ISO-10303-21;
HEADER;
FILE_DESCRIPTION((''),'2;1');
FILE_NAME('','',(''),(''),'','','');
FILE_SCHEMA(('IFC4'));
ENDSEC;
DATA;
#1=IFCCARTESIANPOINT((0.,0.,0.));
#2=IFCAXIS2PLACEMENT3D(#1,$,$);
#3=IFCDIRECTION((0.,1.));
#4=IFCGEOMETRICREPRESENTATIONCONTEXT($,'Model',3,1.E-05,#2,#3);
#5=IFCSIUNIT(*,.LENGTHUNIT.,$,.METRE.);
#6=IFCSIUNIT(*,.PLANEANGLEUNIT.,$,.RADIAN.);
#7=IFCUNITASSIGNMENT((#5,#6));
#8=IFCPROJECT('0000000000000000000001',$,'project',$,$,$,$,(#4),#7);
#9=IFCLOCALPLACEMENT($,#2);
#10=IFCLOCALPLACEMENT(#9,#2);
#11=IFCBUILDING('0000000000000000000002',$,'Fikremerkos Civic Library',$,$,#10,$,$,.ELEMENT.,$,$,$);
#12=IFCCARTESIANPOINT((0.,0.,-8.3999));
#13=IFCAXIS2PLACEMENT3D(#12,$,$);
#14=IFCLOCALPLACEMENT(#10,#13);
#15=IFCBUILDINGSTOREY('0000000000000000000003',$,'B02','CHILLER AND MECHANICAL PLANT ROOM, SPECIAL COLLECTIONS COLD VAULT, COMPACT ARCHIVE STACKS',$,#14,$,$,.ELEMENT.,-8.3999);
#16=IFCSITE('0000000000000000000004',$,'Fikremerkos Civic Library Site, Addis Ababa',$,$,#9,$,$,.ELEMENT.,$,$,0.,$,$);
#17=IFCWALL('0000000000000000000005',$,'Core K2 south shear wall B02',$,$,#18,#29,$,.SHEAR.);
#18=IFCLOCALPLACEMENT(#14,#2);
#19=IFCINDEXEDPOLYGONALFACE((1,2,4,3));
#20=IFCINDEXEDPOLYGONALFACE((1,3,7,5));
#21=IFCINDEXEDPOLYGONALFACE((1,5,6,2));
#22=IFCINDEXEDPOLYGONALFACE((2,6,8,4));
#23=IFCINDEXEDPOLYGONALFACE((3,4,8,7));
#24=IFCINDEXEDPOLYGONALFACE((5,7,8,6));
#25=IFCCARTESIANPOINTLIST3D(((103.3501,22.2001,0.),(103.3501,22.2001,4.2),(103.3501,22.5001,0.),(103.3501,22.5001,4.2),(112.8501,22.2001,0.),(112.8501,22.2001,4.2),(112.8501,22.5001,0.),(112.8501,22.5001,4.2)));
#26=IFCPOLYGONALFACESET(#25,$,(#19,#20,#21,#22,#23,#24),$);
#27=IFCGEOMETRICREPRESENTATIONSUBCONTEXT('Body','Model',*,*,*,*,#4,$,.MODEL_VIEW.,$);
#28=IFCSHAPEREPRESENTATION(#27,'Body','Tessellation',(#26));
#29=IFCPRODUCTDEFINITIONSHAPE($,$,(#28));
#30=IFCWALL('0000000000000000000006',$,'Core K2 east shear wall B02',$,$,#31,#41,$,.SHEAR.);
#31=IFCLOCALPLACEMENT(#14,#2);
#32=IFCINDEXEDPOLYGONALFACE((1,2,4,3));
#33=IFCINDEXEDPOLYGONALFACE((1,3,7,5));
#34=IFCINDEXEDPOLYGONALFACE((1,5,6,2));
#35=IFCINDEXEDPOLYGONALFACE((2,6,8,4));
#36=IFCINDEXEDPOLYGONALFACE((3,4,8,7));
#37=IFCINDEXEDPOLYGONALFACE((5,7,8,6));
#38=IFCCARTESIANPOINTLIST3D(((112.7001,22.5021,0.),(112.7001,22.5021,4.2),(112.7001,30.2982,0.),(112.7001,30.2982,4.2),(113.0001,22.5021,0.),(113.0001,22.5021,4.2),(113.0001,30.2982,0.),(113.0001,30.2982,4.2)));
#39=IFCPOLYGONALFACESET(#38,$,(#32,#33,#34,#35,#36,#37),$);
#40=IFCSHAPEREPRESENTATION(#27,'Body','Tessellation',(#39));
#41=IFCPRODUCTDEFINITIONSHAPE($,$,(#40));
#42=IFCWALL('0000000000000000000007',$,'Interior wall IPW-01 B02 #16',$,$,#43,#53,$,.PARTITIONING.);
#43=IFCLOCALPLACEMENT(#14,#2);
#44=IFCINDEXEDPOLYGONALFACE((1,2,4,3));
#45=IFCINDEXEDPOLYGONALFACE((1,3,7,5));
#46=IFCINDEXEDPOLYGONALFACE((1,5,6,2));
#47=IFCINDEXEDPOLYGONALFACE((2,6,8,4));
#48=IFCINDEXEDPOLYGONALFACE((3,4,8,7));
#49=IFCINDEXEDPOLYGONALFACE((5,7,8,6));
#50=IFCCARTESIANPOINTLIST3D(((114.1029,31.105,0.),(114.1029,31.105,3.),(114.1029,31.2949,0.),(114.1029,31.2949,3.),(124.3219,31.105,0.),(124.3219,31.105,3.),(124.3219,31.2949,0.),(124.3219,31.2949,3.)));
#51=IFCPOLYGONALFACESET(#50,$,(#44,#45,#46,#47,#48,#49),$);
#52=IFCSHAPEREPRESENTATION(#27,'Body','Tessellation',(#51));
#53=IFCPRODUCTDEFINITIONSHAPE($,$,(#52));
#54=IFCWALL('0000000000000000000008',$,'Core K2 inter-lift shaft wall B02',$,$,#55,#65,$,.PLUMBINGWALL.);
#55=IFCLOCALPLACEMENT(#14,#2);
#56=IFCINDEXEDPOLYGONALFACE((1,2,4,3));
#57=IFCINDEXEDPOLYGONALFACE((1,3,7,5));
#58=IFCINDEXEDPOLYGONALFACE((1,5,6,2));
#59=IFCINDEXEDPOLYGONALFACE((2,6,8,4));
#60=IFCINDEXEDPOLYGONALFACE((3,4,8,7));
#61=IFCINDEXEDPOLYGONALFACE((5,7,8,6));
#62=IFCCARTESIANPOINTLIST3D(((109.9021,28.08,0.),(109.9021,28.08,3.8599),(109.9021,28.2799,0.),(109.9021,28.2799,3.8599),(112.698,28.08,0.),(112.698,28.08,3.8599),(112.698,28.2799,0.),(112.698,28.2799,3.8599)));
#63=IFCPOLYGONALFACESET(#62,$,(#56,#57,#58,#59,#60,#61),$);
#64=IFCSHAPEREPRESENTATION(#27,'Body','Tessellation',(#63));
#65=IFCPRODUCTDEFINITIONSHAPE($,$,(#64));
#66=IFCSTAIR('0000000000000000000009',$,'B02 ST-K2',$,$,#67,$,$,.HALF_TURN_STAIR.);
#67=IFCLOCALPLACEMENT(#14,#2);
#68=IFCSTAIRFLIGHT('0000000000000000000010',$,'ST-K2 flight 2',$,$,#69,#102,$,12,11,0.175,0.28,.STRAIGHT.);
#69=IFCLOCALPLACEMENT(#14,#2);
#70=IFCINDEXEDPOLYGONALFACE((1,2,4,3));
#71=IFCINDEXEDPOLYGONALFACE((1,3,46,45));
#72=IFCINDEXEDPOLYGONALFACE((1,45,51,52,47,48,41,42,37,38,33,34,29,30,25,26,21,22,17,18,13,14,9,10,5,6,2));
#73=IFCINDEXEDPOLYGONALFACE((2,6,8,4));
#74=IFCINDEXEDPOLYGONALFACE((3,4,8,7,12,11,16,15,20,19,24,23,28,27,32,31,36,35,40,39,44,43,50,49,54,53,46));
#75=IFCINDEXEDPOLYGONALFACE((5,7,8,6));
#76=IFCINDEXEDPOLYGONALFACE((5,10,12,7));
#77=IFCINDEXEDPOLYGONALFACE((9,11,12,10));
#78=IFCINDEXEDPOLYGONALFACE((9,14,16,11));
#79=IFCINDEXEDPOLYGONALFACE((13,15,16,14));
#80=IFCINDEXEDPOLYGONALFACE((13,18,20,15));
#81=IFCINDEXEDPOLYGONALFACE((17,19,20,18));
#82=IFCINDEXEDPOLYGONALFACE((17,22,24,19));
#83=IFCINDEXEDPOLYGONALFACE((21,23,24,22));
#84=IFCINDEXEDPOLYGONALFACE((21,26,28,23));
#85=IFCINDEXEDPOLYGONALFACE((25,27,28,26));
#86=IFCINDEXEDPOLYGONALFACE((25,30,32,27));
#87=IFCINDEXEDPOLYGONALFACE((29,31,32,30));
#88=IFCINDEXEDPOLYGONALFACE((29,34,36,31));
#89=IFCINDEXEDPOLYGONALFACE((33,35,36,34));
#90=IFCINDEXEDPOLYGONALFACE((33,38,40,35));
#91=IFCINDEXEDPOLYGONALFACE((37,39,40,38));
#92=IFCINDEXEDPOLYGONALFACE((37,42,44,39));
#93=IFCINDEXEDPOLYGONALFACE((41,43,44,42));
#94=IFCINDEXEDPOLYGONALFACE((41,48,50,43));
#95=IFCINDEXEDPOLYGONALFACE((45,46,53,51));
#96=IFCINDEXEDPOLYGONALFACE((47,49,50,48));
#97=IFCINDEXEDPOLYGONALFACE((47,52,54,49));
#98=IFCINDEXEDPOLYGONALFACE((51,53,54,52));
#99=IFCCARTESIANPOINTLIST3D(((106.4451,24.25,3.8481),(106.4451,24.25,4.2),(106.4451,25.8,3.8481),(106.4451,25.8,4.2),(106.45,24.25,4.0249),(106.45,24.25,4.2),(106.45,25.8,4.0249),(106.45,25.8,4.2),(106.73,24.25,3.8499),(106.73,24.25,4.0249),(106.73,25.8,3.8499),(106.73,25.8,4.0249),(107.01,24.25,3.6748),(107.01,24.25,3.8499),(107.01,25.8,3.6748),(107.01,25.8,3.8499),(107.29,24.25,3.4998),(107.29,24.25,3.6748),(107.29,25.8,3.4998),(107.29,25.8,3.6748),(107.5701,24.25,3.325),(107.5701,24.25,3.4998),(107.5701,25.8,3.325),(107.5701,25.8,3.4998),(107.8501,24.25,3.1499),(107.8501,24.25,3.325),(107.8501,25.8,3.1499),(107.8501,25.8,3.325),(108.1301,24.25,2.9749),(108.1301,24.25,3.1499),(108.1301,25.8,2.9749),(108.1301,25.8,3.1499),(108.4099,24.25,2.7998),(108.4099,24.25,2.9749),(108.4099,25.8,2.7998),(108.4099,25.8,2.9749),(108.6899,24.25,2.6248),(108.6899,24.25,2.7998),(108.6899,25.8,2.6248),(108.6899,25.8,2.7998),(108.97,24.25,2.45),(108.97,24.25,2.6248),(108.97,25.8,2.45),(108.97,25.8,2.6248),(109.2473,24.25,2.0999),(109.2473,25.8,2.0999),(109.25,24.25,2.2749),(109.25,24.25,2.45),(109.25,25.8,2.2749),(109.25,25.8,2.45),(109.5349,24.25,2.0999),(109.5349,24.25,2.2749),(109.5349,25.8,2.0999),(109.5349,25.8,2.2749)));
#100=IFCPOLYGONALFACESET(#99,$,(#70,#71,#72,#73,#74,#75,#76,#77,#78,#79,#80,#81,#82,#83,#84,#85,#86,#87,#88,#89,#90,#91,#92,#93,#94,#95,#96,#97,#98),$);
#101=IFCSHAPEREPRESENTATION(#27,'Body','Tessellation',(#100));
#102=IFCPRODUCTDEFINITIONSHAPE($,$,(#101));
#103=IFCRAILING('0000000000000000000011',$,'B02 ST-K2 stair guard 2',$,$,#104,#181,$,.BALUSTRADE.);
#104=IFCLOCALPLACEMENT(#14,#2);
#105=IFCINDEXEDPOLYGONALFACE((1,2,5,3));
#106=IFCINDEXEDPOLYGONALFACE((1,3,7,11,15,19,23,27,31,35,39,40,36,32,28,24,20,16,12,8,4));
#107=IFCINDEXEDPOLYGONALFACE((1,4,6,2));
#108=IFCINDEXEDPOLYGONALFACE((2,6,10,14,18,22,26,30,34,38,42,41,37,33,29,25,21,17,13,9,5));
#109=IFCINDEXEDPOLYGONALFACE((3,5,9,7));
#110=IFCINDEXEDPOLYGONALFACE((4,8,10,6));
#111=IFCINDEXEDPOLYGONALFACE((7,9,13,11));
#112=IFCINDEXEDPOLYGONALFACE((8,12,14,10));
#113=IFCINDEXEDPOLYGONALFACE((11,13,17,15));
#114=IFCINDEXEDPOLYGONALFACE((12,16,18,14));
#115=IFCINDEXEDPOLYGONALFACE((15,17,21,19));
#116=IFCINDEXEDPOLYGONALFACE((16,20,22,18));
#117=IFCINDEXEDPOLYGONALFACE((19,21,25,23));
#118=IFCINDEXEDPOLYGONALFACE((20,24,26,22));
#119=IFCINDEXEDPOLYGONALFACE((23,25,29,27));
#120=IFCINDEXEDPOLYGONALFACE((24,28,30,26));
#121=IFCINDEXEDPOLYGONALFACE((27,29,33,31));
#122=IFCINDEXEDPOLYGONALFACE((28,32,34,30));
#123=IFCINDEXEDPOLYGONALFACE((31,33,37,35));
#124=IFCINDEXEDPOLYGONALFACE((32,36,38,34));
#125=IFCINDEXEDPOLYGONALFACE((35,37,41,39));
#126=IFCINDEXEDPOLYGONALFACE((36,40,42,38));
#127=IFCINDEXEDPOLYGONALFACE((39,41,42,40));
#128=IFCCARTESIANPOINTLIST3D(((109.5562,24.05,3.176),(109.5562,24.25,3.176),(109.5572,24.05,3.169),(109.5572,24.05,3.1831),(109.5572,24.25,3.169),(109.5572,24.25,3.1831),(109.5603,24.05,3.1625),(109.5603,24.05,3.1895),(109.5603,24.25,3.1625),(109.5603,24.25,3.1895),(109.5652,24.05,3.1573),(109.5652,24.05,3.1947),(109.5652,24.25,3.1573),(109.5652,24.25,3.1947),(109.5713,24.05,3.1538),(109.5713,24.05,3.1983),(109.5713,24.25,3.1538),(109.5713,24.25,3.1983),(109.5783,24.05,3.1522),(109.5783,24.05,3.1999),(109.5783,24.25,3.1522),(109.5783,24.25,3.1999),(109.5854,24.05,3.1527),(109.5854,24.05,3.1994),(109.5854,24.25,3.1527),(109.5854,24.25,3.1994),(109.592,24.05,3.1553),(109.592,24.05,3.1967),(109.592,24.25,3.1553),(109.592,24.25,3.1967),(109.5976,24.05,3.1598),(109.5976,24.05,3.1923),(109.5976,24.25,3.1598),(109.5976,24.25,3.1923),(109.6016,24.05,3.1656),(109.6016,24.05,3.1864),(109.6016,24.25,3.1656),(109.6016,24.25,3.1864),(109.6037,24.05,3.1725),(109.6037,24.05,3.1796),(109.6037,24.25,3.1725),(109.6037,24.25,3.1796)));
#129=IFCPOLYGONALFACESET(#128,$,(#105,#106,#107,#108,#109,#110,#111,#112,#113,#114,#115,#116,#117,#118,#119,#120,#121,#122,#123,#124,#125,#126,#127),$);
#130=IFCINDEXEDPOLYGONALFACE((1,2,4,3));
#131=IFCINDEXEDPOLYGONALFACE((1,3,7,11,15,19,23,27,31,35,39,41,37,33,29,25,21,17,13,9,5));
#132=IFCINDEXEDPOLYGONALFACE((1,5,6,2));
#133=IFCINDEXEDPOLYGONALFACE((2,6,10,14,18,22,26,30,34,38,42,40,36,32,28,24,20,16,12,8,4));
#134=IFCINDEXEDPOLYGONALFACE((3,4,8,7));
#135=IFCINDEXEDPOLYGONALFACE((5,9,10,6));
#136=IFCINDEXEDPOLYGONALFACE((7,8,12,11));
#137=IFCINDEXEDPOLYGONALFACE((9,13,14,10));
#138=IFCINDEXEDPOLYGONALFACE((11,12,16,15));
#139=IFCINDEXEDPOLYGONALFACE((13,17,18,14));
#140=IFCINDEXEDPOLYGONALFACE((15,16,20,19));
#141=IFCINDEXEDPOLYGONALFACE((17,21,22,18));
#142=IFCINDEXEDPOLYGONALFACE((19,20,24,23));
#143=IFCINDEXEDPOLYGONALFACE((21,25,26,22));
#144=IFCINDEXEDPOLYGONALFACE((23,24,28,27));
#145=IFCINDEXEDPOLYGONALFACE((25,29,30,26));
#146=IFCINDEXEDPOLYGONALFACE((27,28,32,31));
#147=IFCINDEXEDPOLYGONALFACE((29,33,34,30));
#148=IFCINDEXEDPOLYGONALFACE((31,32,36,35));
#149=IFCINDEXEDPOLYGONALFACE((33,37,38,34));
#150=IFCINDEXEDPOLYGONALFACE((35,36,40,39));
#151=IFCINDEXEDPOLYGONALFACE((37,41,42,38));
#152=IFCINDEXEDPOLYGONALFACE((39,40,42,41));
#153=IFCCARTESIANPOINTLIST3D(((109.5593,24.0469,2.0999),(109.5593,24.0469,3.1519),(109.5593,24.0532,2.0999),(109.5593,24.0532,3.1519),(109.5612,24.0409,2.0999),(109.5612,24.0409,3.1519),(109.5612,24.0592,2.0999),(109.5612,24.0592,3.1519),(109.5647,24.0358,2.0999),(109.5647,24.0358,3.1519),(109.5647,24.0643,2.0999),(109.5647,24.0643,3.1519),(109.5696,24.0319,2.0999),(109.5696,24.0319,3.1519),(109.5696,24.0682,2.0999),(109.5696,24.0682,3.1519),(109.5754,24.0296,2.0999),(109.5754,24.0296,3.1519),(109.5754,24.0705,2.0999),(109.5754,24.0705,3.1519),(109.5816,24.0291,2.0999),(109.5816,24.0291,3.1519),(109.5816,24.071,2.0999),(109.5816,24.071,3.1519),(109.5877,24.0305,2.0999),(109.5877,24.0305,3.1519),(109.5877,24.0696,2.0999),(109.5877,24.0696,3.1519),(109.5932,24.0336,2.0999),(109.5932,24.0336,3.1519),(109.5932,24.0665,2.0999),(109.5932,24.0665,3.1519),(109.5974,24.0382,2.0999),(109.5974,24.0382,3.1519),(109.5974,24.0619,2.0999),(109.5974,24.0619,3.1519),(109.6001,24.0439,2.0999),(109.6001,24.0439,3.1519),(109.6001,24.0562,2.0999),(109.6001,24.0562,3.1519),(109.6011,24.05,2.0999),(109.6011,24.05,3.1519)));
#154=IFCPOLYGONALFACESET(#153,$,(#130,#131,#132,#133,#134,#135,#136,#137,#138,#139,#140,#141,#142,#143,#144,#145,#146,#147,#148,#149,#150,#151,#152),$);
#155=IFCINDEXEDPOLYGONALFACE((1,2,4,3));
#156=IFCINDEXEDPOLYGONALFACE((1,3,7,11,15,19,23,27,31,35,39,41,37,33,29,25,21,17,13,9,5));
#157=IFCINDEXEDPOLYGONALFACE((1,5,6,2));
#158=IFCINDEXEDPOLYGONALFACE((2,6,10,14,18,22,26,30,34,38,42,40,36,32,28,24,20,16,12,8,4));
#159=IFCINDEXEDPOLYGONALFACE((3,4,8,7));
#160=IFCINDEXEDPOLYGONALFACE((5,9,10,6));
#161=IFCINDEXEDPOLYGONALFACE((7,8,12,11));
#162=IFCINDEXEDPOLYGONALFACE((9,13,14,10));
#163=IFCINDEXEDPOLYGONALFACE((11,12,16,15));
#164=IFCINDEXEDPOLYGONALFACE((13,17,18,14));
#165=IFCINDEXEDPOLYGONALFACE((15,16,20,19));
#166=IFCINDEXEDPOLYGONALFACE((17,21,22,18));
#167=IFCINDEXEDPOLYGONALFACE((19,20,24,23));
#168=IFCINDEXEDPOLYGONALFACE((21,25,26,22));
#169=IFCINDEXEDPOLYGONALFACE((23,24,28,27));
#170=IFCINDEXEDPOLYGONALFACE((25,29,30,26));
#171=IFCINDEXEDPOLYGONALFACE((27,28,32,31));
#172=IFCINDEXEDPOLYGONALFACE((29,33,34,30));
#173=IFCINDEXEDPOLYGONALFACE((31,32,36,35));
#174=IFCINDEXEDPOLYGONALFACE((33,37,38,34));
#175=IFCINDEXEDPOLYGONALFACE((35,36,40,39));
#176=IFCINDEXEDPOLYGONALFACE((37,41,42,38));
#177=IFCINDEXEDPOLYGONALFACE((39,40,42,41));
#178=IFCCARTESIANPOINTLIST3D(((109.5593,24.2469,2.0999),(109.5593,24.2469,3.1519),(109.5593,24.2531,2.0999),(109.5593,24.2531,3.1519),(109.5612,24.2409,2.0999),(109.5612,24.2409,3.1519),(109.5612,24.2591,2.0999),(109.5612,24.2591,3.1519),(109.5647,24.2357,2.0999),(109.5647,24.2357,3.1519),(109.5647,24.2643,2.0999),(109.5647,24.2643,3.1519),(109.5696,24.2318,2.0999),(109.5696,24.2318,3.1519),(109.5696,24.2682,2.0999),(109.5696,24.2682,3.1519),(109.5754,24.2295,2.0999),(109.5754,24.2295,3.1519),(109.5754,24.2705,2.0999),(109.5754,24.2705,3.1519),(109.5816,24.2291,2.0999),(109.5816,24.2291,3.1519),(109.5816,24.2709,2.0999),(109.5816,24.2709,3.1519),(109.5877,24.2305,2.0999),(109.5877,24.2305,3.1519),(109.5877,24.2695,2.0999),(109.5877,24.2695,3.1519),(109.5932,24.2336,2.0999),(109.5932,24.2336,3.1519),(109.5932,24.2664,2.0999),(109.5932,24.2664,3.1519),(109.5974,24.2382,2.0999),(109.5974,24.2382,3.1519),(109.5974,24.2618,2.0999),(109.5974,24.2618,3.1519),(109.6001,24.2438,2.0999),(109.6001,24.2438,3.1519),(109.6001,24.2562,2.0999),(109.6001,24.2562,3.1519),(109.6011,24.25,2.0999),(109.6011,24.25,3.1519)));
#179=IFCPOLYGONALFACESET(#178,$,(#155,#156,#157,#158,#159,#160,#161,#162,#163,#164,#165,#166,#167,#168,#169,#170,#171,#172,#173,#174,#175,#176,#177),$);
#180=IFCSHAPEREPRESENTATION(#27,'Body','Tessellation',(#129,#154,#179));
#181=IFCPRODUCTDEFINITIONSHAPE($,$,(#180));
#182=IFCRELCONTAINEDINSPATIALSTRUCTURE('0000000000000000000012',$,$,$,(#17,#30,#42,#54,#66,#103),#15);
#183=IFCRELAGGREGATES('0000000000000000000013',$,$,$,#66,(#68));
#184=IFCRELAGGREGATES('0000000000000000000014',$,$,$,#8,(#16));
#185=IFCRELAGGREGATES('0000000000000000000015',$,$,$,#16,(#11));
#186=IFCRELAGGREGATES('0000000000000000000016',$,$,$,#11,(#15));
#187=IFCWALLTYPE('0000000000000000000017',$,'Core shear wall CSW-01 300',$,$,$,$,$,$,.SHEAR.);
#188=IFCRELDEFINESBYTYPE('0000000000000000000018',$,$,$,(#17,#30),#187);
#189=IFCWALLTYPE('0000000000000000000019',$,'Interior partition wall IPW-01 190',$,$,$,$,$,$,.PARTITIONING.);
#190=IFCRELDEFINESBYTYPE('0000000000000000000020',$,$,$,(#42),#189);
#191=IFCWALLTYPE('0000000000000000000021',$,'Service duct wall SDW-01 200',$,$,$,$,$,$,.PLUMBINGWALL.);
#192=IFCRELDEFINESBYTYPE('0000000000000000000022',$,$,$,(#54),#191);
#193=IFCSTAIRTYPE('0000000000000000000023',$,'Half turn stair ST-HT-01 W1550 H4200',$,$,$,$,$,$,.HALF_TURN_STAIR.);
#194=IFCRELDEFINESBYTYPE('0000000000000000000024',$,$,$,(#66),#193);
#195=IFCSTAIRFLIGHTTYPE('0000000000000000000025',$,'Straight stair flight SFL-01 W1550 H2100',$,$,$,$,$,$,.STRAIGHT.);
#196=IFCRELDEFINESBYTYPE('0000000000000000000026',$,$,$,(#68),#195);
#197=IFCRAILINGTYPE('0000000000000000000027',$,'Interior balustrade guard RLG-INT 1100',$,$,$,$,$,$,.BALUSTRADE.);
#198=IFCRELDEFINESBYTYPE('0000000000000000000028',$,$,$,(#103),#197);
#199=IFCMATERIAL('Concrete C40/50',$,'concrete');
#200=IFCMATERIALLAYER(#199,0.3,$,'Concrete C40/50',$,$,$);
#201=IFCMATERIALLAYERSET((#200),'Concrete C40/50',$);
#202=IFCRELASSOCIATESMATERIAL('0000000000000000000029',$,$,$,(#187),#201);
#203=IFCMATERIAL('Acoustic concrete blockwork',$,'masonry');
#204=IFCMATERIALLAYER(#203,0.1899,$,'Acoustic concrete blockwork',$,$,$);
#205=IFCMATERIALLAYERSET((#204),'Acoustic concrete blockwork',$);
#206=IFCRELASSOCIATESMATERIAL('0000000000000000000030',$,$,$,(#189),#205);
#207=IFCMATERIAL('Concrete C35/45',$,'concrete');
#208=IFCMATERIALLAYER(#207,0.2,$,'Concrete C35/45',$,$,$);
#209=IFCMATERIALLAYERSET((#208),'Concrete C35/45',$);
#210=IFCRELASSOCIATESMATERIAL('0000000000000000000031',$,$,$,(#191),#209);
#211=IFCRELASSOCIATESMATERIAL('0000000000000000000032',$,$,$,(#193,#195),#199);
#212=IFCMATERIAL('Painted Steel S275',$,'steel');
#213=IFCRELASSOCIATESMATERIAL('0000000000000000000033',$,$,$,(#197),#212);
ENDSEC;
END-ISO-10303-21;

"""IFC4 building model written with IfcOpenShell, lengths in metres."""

from ifc_helpers import new_model, si_unit, direction, frame, frame_2d, origin, origin_2d, place, context, subcontext, project, spatial, polyline, rectangle, circle, outline, extrude, material, layer, layer_set, type_object, element, aggregate, save


model = new_model("IFC4")

# Units and contexts
model_context = context("Model", 3, precision=1e-05, world=origin(), true_north=direction((0.0, 1.0)))
body_context = subcontext(model_context, "Body", "Model", "MODEL_VIEW")
ifc_project = project(units=[si_unit("LENGTHUNIT", "METRE"), si_unit("PLANEANGLEUNIT", "RADIAN")], contexts=[model_context])

# Site, building, storey
site_placement = place(None, origin())
site = spatial("IfcSite", under=ifc_project, at=site_placement, Name="Fikremerkos Civic Library Site, Addis Ababa", CompositionType="ELEMENT", RefElevation=0.0)
building_placement = place(site_placement, origin())
building = spatial("IfcBuilding", under=site, at=building_placement, Name="Fikremerkos Civic Library", CompositionType="ELEMENT")
storey_placement = place(building_placement, frame((0.0, 0.0, -8.3999)))
storey = spatial("IfcBuildingStorey", under=building, at=storey_placement, Name="B02", Description="CHILLER AND MECHANICAL PLANT ROOM, SPECIAL COLLECTIONS COLD VAULT, COMPACT ARCHIVE STACKS", CompositionType="ELEMENT", Elevation=-8.3999)

# Shared definitions
ifc_material_1 = material(Name="Concrete C35/45", Category="concrete")

# Shared definitions
ifc_material_2 = material(Name="Concrete C40/50", Category="concrete")

# Walls
ifc_layer_1 = layer(ifc_material_2, 0.3, Name="Concrete C40/50")
ifc_layer_set_1 = layer_set([ifc_layer_1], Name="Concrete C40/50")
wall_type_1 = type_object("IfcWallType", Name="Core shear wall CSW-01 300", PredefinedType="SHEAR", material=ifc_layer_set_1)
wall_1_placement = place(storey_placement, frame((112.8501, 22.3501, 0.0), z_axis=(0.0, 0.0, 1.0), x_axis=(-1.0, 0.0, 0.0)))
element("IfcWall", 1, at=wall_1_placement, inside=storey, type_object=wall_type_1, Name="Core K2 south shear wall B02", PredefinedType="SHEAR", context=body_context, shape_type="SweptSolid", body=[
    extrude(rectangle(XDim=9.5, YDim=0.3, at=frame_2d((4.75, 0.0))), origin(), (0.0, 0.0, 1.0), 4.2),
])
wall_2_placement = place(storey_placement, frame((112.8501, 30.2981, 0.0), z_axis=(0.0, 0.0, 1.0), x_axis=(0.0, -1.0, 0.0)))
element("IfcWall", 2, at=wall_2_placement, inside=storey, type_object=wall_type_1, Name="Core K2 east shear wall B02", PredefinedType="SHEAR", context=body_context, shape_type="SweptSolid", body=[
    extrude(rectangle(XDim=7.7961, YDim=0.3, at=frame_2d((3.8979, 0.0))), origin(), (0.0, 0.0, 1.0), 4.2),
])

# Walls
ifc_material_3 = material(Name="Acoustic concrete blockwork", Category="masonry")
ifc_layer_2 = layer(ifc_material_3, 0.1899, Name="Acoustic concrete blockwork")
ifc_layer_set_2 = layer_set([ifc_layer_2], Name="Acoustic concrete blockwork")
wall_type_2 = type_object("IfcWallType", Name="Interior partition wall IPW-01 190", PredefinedType="PARTITIONING", material=ifc_layer_set_2)
wall_3_placement = place(storey_placement, frame((114.103, 31.2, 0.0), z_axis=(0.0, 0.0, 1.0), x_axis=(1.0, 0.0, 0.0)))
element("IfcWall", 3, at=wall_3_placement, inside=storey, type_object=wall_type_2, Name="Interior wall IPW-01 B02 #16", PredefinedType="PARTITIONING", context=body_context, shape_type="SweptSolid", body=[
    extrude(rectangle(XDim=10.219, YDim=0.1899, at=frame_2d((5.1094, 0.0))), origin(), (0.0, 0.0, 1.0), 3.0),
])
ifc_layer_3 = layer(ifc_material_1, 0.2, Name="Concrete C35/45")
ifc_layer_set_3 = layer_set([ifc_layer_3], Name="Concrete C35/45")
wall_type_3 = type_object("IfcWallType", Name="Service duct wall SDW-01 200", PredefinedType="PLUMBINGWALL", material=ifc_layer_set_3)
wall_4_placement = place(storey_placement, frame((109.9021, 28.1799, 0.0), z_axis=(0.0, 0.0, 1.0), x_axis=(1.0, 0.0, 0.0)))
element("IfcWall", 4, at=wall_4_placement, inside=storey, type_object=wall_type_3, Name="Core K2 inter-lift shaft wall B02", PredefinedType="PLUMBINGWALL", context=body_context, shape_type="SweptSolid", body=[
    extrude(rectangle(XDim=2.7959, YDim=0.2, at=frame_2d((1.3979, 0.0))), origin(), (0.0, 0.0, 1.0), 3.8599),
])

# Stair, stair flight
stair_type = type_object("IfcStairType", Name="Half turn stair ST-HT-01 W1550 H4200", PredefinedType="HALF_TURN_STAIR", material=ifc_material_2)
stair_placement = place(storey_placement, origin())
stair = element("IfcStair", 5, at=stair_placement, inside=storey, type_object=stair_type, Name="B02 ST-K2", PredefinedType="HALF_TURN_STAIR")
stair_flight_type = type_object("IfcStairFlightType", Name="Straight stair flight SFL-01 W1550 H2100", PredefinedType="STRAIGHT", material=ifc_material_2)
stair_flight_placement = place(storey_placement, frame((109.53, 25.0249, 2.0999), z_axis=(0.0, 0.0, 1.0), x_axis=(-1.0, 0.0, 0.0)))
stair_flight = element("IfcStairFlight", 6, at=stair_flight_placement, type_object=stair_flight_type, Name="ST-K2 flight 2", NumberOfRisers=12, NumberOfTreads=11, PredefinedType="STRAIGHT", RiserHeight=0.175, TreadLength=0.28, context=body_context, shape_type="SweptSolid", body=[
    extrude(outline(polyline([(-0.0049, 0.0), (-0.0049, 0.175), (0.28, 0.175), (0.28, 0.3501), (0.5601, 0.3501), (0.5601, 0.5249), (0.8401, 0.5249), (0.8401, 0.7), (1.1201, 0.7), (1.1201, 0.875), (1.3999, 0.875), (1.3999, 1.05), (1.6799, 1.05), (1.6799, 1.2251), (1.96, 1.2251), (1.96, 1.3999), (2.24, 1.3999), (2.24, 1.575), (2.52, 1.575), (2.52, 1.75), (2.8, 1.75), (2.8, 1.925), (3.0801, 1.925), (3.0801, 2.1001), (3.085, 2.1001), (3.085, 1.7483), (0.2827, 0.0), (-0.0049, 0.0)])), frame((0.0, 0.7749, 0.0), z_axis=(0.0, -1.0, 0.0), x_axis=(1.0, 0.0, 0.0)), (0.0, 0.0, 1.0), 1.55),
])
aggregate(stair, [stair_flight])

# Railing
ifc_material_4 = material(Name="Painted Steel S275", Category="steel")
railing_type_1 = type_object("IfcRailingType", Name="Interior balustrade guard RLG-INT 1100", PredefinedType="BALUSTRADE", material=ifc_material_4)
railing_1_placement = place(storey_placement, frame((109.5801, 24.05, 2.0999)))
element("IfcRailing", 7, at=railing_1_placement, inside=storey, type_object=railing_type_1, Name="B02 ST-K2 stair guard 2", PredefinedType="BALUSTRADE", context=body_context, shape_type="SweptSolid", body=[
    extrude(circle(Radius=0.0239, at=origin_2d()), frame((0.0, 0.0, 1.0762), z_axis=(0.0, 1.0, 0.0), x_axis=(-1.0, 0.0, 0.0)), (0.0, 0.0, 1.0), 0.2),
    extrude(circle(Radius=0.021, at=origin_2d()), origin(), (0.0, 0.0, 1.0), 1.052),
    extrude(circle(Radius=0.021, at=origin_2d()), frame((0.0, 0.2, 0.0)), (0.0, 0.0, 1.0), 1.052),
])

save(model, "model.ifc")
